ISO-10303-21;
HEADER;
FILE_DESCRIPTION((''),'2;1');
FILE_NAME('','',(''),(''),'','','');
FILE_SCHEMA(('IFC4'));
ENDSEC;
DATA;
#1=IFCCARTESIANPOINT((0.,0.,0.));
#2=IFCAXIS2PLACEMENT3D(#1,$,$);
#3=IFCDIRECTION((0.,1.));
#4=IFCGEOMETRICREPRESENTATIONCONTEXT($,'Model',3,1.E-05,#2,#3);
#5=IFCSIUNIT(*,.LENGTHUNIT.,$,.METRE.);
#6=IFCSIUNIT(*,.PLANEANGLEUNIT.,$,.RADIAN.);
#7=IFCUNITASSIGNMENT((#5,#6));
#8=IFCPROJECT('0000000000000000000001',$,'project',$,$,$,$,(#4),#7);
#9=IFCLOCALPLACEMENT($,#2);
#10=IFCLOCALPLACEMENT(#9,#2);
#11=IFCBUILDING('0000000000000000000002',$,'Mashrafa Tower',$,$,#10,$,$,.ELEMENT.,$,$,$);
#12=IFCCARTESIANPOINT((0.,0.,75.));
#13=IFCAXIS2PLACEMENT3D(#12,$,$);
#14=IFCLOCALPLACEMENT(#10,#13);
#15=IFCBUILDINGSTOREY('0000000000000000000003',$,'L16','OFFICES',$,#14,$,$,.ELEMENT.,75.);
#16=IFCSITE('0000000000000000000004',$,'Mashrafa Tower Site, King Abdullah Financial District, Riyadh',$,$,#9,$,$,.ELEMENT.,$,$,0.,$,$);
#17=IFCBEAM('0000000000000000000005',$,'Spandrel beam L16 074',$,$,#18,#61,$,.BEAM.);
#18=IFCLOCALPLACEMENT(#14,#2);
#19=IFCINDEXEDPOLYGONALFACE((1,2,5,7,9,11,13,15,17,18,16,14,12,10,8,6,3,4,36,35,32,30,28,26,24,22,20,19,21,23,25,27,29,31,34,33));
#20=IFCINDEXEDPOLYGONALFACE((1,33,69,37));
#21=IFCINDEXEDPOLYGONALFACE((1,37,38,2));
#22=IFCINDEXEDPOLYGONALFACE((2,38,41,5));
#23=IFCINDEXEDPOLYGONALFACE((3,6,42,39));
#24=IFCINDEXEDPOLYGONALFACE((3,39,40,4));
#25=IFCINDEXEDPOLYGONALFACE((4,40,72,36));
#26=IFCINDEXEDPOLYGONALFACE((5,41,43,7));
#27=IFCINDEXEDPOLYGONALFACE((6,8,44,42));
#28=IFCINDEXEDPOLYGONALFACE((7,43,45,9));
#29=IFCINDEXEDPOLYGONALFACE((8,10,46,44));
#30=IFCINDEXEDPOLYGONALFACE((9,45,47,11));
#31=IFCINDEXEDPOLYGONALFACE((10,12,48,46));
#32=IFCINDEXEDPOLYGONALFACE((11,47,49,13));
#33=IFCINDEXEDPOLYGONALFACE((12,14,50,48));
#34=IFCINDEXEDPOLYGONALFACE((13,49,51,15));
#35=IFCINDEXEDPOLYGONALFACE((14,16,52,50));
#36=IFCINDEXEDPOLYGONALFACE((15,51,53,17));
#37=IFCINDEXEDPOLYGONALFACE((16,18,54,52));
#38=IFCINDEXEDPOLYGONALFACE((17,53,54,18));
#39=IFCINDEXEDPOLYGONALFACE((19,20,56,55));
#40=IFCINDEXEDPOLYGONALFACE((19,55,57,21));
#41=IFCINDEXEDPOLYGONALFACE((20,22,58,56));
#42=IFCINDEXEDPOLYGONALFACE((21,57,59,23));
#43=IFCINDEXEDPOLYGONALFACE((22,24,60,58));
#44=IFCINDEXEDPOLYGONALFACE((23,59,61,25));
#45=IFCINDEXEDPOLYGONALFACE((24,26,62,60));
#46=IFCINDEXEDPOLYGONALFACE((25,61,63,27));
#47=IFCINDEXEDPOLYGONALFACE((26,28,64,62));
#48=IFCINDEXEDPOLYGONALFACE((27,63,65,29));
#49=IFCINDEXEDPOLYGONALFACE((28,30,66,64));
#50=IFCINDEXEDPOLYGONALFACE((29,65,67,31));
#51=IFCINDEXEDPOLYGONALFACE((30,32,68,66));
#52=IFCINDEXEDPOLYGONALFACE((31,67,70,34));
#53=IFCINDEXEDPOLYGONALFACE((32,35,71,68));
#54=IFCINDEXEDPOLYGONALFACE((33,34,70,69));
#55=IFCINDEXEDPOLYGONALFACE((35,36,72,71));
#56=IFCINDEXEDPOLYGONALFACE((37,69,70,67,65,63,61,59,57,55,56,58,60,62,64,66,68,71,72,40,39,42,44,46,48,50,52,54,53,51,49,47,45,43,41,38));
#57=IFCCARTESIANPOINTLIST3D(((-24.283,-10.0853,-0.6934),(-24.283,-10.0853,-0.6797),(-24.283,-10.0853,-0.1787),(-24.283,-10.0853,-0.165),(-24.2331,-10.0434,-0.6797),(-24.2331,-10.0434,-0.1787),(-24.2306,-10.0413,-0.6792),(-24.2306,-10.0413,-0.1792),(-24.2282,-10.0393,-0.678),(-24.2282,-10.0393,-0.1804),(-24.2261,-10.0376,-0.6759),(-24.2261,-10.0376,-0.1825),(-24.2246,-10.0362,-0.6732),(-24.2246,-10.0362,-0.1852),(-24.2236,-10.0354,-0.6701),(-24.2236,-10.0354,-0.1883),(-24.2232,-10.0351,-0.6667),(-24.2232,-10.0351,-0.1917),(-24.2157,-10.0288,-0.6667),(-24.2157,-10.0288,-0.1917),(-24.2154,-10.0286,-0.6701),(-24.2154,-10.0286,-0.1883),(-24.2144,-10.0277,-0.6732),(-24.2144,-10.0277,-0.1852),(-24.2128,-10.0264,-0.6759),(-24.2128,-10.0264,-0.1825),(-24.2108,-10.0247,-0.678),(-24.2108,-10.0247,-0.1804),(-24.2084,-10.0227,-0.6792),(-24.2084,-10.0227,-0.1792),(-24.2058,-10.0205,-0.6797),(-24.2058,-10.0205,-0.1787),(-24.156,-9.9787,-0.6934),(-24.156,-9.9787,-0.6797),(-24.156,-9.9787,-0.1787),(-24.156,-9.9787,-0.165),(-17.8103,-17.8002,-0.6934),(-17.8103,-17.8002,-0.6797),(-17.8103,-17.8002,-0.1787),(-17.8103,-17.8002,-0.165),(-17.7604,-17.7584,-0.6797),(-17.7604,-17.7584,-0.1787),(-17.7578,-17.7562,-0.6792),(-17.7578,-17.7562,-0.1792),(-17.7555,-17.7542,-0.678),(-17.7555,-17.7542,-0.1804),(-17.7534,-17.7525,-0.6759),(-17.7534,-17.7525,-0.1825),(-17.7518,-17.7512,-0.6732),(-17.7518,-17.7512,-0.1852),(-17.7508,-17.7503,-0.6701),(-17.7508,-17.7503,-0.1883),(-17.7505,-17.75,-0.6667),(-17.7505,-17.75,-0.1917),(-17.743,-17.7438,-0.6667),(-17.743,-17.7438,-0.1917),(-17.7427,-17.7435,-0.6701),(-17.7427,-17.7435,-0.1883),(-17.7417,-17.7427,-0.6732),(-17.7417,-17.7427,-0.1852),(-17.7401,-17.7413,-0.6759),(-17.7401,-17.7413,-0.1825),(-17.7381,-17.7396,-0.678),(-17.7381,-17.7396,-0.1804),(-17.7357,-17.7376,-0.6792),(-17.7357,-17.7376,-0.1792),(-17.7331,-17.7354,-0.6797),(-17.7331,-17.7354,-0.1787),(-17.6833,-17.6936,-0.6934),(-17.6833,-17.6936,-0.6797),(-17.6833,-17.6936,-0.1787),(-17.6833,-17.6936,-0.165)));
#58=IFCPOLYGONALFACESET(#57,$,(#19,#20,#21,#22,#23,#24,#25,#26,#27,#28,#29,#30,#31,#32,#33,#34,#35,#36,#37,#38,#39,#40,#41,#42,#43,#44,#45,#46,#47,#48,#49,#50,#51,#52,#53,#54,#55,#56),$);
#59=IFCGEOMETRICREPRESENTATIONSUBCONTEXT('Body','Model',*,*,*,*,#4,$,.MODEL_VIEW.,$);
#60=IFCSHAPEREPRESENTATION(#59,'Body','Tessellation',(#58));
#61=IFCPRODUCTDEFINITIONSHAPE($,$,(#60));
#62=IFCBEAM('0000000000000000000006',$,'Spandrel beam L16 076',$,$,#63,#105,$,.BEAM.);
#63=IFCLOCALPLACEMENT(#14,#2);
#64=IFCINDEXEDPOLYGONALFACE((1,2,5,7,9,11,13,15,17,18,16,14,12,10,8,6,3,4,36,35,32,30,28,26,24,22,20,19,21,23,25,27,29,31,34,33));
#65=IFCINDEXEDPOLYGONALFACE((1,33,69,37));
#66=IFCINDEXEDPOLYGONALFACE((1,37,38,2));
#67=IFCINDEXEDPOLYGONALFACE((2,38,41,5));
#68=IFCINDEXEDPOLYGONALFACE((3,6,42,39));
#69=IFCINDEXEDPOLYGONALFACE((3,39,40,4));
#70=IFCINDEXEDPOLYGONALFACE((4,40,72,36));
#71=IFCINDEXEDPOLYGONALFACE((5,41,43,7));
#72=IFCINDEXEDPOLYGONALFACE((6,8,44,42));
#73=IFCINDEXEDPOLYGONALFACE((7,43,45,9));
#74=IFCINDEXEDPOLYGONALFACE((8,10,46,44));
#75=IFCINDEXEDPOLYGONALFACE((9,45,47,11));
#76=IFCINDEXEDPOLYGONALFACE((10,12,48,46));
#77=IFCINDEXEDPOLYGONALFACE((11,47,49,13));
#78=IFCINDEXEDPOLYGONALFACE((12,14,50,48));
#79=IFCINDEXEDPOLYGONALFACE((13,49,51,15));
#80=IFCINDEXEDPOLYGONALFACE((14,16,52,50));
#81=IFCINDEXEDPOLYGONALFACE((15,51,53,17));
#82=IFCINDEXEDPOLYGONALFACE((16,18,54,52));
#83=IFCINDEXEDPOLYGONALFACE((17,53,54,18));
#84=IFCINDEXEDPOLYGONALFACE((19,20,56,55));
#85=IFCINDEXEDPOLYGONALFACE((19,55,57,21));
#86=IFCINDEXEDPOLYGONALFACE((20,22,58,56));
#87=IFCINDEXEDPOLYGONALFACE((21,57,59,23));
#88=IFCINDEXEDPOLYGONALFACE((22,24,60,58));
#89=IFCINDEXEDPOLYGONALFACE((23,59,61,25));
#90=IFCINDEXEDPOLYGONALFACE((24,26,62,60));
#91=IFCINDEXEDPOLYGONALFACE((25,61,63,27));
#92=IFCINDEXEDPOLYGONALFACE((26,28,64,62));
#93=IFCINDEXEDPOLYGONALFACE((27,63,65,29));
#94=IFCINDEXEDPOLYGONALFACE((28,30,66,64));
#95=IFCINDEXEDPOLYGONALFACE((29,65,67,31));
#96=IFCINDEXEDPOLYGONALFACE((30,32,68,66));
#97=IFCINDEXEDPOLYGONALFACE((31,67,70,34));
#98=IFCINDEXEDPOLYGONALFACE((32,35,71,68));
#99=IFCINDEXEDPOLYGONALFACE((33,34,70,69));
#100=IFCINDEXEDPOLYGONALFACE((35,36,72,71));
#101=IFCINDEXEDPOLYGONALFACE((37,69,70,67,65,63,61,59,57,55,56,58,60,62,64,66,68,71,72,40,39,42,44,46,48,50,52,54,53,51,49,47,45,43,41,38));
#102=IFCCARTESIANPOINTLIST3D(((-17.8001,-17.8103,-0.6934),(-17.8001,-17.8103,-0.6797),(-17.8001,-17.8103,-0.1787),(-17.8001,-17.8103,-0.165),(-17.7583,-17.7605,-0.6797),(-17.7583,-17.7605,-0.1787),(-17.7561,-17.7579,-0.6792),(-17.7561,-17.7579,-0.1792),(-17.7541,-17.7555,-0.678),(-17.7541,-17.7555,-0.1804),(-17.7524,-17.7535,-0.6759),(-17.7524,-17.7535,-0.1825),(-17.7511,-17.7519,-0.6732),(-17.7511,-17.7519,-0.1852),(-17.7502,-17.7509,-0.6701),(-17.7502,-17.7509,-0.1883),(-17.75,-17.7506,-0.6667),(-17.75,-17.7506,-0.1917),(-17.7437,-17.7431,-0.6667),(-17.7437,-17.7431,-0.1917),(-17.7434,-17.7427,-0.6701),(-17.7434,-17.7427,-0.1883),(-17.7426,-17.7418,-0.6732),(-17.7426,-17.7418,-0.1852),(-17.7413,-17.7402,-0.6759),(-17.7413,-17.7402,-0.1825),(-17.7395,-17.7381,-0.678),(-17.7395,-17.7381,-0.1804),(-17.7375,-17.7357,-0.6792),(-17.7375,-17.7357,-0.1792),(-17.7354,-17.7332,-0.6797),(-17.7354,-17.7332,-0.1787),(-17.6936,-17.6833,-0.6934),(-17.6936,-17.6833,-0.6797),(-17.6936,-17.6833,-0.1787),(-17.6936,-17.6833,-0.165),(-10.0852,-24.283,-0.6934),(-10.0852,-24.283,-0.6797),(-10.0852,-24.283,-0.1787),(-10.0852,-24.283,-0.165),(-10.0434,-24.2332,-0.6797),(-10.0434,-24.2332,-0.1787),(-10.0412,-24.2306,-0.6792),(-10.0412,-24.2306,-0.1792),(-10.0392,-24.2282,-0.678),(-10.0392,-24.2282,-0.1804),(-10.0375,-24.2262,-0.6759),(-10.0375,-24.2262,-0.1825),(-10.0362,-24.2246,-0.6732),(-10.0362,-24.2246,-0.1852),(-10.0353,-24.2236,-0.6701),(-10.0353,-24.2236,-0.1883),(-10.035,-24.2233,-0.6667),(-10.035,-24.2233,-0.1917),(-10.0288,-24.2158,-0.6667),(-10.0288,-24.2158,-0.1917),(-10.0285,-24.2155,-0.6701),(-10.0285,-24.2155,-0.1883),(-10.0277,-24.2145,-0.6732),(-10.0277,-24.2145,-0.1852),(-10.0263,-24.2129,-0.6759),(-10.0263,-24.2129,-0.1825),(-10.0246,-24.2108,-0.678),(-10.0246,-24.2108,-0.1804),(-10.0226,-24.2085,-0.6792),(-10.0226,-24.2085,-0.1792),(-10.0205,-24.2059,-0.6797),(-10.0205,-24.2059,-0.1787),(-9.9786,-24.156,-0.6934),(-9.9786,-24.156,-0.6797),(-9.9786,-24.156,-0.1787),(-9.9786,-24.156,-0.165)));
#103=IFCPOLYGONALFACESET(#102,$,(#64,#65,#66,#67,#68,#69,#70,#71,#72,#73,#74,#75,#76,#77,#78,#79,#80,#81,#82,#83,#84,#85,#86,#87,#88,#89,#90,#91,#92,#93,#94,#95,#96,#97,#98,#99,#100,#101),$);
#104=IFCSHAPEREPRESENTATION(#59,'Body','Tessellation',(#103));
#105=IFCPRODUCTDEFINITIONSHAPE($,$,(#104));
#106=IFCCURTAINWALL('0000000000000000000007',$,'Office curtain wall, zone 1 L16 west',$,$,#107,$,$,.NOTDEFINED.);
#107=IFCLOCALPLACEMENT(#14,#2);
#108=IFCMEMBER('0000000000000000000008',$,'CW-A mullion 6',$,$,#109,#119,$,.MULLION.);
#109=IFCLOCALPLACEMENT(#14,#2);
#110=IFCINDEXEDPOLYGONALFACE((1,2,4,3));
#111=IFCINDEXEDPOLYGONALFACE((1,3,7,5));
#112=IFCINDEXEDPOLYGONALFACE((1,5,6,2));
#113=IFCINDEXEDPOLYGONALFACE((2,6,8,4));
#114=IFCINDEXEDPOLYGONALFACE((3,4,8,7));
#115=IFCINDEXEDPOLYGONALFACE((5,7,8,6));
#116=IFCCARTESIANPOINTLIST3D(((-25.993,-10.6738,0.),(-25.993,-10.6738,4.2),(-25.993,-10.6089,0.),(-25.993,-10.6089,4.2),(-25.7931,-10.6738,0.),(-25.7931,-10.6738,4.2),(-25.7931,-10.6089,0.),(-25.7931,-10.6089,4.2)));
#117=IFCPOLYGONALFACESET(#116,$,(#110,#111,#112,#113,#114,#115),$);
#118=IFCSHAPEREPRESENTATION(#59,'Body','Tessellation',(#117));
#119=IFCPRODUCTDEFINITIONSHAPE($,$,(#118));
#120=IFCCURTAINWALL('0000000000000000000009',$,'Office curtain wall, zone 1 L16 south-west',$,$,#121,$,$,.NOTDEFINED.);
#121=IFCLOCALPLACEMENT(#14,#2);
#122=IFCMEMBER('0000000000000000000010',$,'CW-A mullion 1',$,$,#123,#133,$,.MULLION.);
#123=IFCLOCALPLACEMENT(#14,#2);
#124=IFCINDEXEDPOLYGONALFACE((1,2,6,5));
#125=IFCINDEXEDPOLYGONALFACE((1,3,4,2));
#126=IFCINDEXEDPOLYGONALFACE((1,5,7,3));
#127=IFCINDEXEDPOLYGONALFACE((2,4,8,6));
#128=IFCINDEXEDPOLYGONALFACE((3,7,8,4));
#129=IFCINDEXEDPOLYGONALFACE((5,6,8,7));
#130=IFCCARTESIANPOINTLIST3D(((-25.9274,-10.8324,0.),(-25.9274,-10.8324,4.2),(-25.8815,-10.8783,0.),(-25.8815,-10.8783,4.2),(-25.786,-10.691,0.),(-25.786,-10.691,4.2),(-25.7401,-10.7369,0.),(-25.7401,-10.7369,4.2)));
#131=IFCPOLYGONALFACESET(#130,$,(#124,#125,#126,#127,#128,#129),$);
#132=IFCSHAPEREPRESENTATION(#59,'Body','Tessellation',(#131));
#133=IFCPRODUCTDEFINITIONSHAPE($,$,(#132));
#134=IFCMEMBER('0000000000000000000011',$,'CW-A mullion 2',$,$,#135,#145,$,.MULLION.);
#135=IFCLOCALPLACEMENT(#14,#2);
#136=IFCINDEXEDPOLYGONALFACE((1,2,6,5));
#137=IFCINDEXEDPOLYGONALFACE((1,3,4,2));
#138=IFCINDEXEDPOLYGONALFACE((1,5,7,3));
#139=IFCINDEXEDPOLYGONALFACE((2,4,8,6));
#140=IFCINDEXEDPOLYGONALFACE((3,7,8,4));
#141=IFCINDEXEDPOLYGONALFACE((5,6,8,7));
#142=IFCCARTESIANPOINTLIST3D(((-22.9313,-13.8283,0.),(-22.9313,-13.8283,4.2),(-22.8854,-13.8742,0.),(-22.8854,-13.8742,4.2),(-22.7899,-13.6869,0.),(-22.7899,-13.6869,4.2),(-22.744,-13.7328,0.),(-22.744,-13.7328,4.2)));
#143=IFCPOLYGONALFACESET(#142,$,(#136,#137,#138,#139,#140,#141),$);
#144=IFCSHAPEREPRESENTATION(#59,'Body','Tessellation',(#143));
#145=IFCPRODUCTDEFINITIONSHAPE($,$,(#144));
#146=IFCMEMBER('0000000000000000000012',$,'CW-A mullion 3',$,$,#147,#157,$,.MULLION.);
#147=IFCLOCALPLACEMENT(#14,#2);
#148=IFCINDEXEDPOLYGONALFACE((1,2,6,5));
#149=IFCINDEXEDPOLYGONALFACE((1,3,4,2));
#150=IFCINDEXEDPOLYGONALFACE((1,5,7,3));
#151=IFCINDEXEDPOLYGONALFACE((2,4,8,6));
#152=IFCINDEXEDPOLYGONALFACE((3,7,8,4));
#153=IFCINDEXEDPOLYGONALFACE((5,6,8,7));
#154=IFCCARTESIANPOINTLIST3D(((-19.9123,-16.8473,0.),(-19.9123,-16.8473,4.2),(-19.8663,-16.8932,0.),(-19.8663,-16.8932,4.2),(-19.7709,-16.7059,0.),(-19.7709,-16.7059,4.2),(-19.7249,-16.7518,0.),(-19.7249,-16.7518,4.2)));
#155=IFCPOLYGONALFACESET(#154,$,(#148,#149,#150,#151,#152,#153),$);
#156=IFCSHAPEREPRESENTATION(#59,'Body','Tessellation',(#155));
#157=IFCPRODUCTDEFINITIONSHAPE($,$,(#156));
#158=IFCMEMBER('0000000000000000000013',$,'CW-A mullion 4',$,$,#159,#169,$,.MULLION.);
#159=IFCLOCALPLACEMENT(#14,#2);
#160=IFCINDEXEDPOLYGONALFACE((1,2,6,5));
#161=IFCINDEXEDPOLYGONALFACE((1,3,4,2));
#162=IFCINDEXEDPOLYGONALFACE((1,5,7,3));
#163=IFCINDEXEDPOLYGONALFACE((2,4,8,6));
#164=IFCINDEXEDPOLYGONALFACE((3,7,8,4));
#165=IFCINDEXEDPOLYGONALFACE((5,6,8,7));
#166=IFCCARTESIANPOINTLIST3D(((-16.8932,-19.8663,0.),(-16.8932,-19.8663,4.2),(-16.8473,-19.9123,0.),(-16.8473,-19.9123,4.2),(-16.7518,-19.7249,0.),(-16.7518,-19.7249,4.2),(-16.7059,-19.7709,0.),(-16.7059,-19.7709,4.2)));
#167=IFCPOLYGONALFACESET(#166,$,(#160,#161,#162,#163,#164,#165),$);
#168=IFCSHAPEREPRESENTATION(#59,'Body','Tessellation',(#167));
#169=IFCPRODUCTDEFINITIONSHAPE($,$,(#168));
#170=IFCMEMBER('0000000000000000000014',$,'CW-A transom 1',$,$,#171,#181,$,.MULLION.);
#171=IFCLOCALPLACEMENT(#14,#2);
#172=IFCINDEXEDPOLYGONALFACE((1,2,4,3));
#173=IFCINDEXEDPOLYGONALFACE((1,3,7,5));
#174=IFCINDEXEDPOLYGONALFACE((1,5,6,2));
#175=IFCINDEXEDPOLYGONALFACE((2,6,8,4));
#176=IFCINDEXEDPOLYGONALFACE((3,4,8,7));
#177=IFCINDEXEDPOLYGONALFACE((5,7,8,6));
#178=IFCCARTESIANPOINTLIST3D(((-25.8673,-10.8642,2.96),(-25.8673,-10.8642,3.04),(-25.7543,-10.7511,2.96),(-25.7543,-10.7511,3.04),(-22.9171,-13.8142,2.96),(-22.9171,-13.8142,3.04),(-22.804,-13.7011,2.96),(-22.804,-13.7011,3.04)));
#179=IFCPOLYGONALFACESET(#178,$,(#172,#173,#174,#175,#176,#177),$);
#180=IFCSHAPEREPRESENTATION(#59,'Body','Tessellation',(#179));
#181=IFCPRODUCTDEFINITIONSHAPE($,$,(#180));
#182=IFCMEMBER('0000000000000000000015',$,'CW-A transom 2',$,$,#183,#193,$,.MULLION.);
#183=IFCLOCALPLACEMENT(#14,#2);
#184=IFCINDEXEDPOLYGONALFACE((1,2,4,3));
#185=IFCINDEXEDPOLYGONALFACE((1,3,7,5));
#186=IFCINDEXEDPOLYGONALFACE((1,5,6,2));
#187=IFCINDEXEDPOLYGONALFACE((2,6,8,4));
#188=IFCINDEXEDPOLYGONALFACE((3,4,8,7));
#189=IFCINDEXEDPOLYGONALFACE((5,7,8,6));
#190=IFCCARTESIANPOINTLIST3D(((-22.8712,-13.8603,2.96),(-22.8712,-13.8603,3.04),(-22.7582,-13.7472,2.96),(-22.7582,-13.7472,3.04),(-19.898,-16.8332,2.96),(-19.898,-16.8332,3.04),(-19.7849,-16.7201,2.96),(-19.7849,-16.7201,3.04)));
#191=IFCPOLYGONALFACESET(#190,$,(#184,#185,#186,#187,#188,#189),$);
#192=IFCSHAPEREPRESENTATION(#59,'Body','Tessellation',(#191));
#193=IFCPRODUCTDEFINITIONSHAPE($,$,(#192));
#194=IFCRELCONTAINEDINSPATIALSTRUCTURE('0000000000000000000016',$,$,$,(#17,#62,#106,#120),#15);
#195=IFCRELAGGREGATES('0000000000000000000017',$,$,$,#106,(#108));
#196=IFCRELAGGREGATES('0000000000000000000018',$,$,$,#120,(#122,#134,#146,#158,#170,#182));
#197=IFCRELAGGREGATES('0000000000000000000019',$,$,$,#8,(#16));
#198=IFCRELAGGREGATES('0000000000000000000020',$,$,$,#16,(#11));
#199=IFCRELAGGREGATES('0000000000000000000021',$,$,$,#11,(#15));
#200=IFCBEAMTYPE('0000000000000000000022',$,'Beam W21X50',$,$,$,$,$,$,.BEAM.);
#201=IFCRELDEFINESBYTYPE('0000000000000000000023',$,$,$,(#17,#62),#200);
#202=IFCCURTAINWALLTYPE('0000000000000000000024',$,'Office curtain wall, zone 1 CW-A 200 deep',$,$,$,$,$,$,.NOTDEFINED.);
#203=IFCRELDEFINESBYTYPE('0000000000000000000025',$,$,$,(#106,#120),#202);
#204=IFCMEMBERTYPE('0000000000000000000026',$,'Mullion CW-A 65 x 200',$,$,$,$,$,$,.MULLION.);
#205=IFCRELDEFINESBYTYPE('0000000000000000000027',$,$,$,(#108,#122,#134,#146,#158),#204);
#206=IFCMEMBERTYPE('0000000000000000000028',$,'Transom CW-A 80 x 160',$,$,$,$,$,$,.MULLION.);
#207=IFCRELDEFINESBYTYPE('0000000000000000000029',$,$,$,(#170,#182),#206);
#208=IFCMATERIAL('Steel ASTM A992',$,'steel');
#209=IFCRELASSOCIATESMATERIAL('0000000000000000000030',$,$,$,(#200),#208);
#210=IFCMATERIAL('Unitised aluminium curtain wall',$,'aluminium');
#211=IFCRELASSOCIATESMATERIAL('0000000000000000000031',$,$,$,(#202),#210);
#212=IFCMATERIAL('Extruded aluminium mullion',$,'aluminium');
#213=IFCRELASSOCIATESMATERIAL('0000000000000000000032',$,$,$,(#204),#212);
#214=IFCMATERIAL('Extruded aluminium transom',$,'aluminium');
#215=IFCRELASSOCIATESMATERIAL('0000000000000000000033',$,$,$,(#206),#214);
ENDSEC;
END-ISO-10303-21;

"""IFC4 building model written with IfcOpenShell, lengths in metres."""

from ifc_helpers import new_model, si_unit, direction, frame, origin, origin_2d, place, context, subcontext, project, spatial, rectangle, i_section, extrude, source, transform, mapped, material, material_profile, profile_set, type_object, type_shapes, element, aggregate, save


model = new_model("IFC4")

# Units and contexts
model_context = context("Model", 3, precision=1e-05, world=origin(), true_north=direction((0.0, 1.0)))
body_context = subcontext(model_context, "Body", "Model", "MODEL_VIEW")
ifc_project = project(units=[si_unit("LENGTHUNIT", "METRE"), si_unit("PLANEANGLEUNIT", "RADIAN")], contexts=[model_context])

# Site, building, storey
site_placement = place(None, origin())
site = spatial("IfcSite", under=ifc_project, at=site_placement, Name="Mashrafa Tower Site, King Abdullah Financial District, Riyadh", CompositionType="ELEMENT", RefElevation=0.0)
building_placement = place(site_placement, origin())
building = spatial("IfcBuilding", under=site, at=building_placement, Name="Mashrafa Tower", CompositionType="ELEMENT")
storey_placement = place(building_placement, frame((0.0, 0.0, 75.0)))
storey = spatial("IfcBuildingStorey", under=building, at=storey_placement, Name="L16", Description="OFFICES", CompositionType="ELEMENT", Elevation=75.0)

# Beams
ifc_material_1 = material(Name="Steel ASTM A992", Category="steel")
ifc_material_profile_1 = material_profile(ifc_material_1, i_section(OverallWidth=0.1658, OverallDepth=0.5283, WebThickness=0.0098, FlangeThickness=0.0137, FilletRadius=0.0129, at=origin_2d()), Name="W21X50")
ifc_profile_set_1 = profile_set([ifc_material_profile_1], Name="Steel ASTM A992")
beam_type = type_object("IfcBeamType", Name="Beam W21X50", PredefinedType="BEAM", material=ifc_profile_set_1)
for number, where, z_axis, x_axis, name in (
    (1, (-24.2195, -10.032, -0.4292), (0.642737, -0.766087, 0.0), (0.766087, 0.642737, 0.0), "Spandrel beam L16 074"),
    (2, (-17.7468, -17.7468, -0.4292), (0.766087, -0.642737, 0.0), (0.642737, 0.766087, 0.0), "Spandrel beam L16 076"),
):
    element("IfcBeam", number, at=place(storey_placement, frame(where, z_axis=z_axis, x_axis=x_axis)), inside=storey, type_object=beam_type, Name=name, PredefinedType="BEAM", context=body_context, shape_type="SweptSolid", body=[
        extrude(i_section(OverallWidth=0.1658, OverallDepth=0.5283, WebThickness=0.0098, FlangeThickness=0.0137, FilletRadius=0.0129, at=origin_2d()), origin(), (0.0, 0.0, 1.0), 10.0706),
    ])

# Curtain wall, member
ifc_material_2 = material(Name="Unitised aluminium curtain wall", Category="aluminium")
curtain_wall_type = type_object("IfcCurtainWallType", Name="Office curtain wall, zone 1 CW-A 200 deep", PredefinedType="NOTDEFINED", material=ifc_material_2)
curtain_wall_1_placement = place(storey_placement, origin())
curtain_wall_1 = element("IfcCurtainWall", 3, at=curtain_wall_1_placement, inside=storey, type_object=curtain_wall_type, Name="Office curtain wall, zone 1 L16 west", PredefinedType="NOTDEFINED")
ifc_material_3 = material(Name="Extruded aluminium mullion", Category="aluminium")
ifc_material_profile_2 = material_profile(ifc_material_3, rectangle(XDim=0.2, YDim=0.0649, at=origin_2d()), Name="Mullion 65x200")
ifc_profile_set_2 = profile_set([ifc_material_profile_2], Name="Extruded aluminium mullion")
member_type_1 = type_object("IfcMemberType", Name="Mullion CW-A 65 x 200", PredefinedType="MULLION", material=ifc_profile_set_2)
shared_shape_1 = source(origin(), body_context, "Body", "SweptSolid", [
    extrude(rectangle(XDim=0.2, YDim=0.0649, at=origin_2d()), origin(), (0.0, 0.0, 1.0), 4.2),
])
type_shapes(member_type_1, [shared_shape_1])
member_1_placement = place(storey_placement, frame((-25.8931, -10.6414, 0.0), z_axis=(0.0, 0.0, 1.0), x_axis=(1.0, 0.0, 0.0)))
member_1 = element("IfcMember", 4, at=member_1_placement, type_object=member_type_1, Name="CW-A mullion 6", PredefinedType="MULLION", context=body_context, shape_type="MappedRepresentation", body=[
    mapped(shared_shape_1, transform((0.0, 0.0, 0.0))),
])
aggregate(curtain_wall_1, [member_1])

# Curtain wall, members
curtain_wall_2_placement = place(storey_placement, origin())
curtain_wall_2 = element("IfcCurtainWall", 5, at=curtain_wall_2_placement, inside=storey, type_object=curtain_wall_type, Name="Office curtain wall, zone 1 L16 south-west", PredefinedType="NOTDEFINED")
member_2_placement = place(storey_placement, frame((-25.8337, -10.7847, 0.0), z_axis=(0.0, 0.0, 1.0), x_axis=(0.707107, 0.707107, 0.0)))
member_2 = element("IfcMember", 6, at=member_2_placement, type_object=member_type_1, Name="CW-A mullion 1", PredefinedType="MULLION", context=body_context, shape_type="MappedRepresentation", body=[
    mapped(shared_shape_1, transform((0.0, 0.0, 0.0))),
])
member_3_placement = place(storey_placement, frame((-22.8376, -13.7805, 0.0), z_axis=(0.0, 0.0, 1.0), x_axis=(0.707107, 0.707107, 0.0)))
member_3 = element("IfcMember", 7, at=member_3_placement, type_object=member_type_1, Name="CW-A mullion 2", PredefinedType="MULLION", context=body_context, shape_type="MappedRepresentation", body=[
    mapped(shared_shape_1, transform((0.0, 0.0, 0.0))),
])
member_4_placement = place(storey_placement, frame((-19.8186, -16.7996, 0.0), z_axis=(0.0, 0.0, 1.0), x_axis=(0.707107, 0.707107, 0.0)))
member_4 = element("IfcMember", 8, at=member_4_placement, type_object=member_type_1, Name="CW-A mullion 3", PredefinedType="MULLION", context=body_context, shape_type="MappedRepresentation", body=[
    mapped(shared_shape_1, transform((0.0, 0.0, 0.0))),
])
member_5_placement = place(storey_placement, frame((-16.7996, -19.8186, 0.0), z_axis=(0.0, 0.0, 1.0), x_axis=(0.707107, 0.707107, 0.0)))
member_5 = element("IfcMember", 9, at=member_5_placement, type_object=member_type_1, Name="CW-A mullion 4", PredefinedType="MULLION", context=body_context, shape_type="MappedRepresentation", body=[
    mapped(shared_shape_1, transform((0.0, 0.0, 0.0))),
])
ifc_material_4 = material(Name="Extruded aluminium transom", Category="aluminium")
ifc_material_profile_3 = material_profile(ifc_material_4, rectangle(XDim=0.1599, YDim=0.0801, at=origin_2d()), Name="Transom 80x160")
ifc_profile_set_3 = profile_set([ifc_material_profile_3], Name="Extruded aluminium transom")
member_type_2 = type_object("IfcMemberType", Name="Transom CW-A 80 x 160", PredefinedType="MULLION", material=ifc_profile_set_3)
shared_shape_2 = source(origin(), body_context, "Body", "SweptSolid", [
    extrude(rectangle(XDim=0.1599, YDim=0.0801, at=origin_2d()), origin(), (0.0, 0.0, 1.0), 4.1721),
])
member_6_placement = place(storey_placement, frame((-25.8108, -10.8076, 3.0), z_axis=(0.707136, -0.707078, 0.0), x_axis=(0.707078, 0.707136, 0.0)))
member_6 = element("IfcMember", 10, at=member_6_placement, type_object=member_type_2, Name="CW-A transom 1", PredefinedType="MULLION", context=body_context, shape_type="MappedRepresentation", body=[
    mapped(shared_shape_2, transform((0.0, 0.0, 0.0))),
])
shared_shape_3 = source(origin(), body_context, "Body", "SweptSolid", [
    extrude(rectangle(XDim=0.1599, YDim=0.0801, at=origin_2d()), origin(), (0.0, 0.0, 1.0), 4.2046),
])
member_7_placement = place(storey_placement, frame((-22.8147, -13.8037, 3.0), z_axis=(0.707136, -0.707078, 0.0), x_axis=(0.707078, 0.707136, 0.0)))
member_7 = element("IfcMember", 11, at=member_7_placement, type_object=member_type_2, Name="CW-A transom 2", PredefinedType="MULLION", context=body_context, shape_type="MappedRepresentation", body=[
    mapped(shared_shape_3, transform((0.0, 0.0, 0.0))),
])
aggregate(curtain_wall_2, [member_2, member_3, member_4, member_5, member_6, member_7])

save(model, "model.ifc")
